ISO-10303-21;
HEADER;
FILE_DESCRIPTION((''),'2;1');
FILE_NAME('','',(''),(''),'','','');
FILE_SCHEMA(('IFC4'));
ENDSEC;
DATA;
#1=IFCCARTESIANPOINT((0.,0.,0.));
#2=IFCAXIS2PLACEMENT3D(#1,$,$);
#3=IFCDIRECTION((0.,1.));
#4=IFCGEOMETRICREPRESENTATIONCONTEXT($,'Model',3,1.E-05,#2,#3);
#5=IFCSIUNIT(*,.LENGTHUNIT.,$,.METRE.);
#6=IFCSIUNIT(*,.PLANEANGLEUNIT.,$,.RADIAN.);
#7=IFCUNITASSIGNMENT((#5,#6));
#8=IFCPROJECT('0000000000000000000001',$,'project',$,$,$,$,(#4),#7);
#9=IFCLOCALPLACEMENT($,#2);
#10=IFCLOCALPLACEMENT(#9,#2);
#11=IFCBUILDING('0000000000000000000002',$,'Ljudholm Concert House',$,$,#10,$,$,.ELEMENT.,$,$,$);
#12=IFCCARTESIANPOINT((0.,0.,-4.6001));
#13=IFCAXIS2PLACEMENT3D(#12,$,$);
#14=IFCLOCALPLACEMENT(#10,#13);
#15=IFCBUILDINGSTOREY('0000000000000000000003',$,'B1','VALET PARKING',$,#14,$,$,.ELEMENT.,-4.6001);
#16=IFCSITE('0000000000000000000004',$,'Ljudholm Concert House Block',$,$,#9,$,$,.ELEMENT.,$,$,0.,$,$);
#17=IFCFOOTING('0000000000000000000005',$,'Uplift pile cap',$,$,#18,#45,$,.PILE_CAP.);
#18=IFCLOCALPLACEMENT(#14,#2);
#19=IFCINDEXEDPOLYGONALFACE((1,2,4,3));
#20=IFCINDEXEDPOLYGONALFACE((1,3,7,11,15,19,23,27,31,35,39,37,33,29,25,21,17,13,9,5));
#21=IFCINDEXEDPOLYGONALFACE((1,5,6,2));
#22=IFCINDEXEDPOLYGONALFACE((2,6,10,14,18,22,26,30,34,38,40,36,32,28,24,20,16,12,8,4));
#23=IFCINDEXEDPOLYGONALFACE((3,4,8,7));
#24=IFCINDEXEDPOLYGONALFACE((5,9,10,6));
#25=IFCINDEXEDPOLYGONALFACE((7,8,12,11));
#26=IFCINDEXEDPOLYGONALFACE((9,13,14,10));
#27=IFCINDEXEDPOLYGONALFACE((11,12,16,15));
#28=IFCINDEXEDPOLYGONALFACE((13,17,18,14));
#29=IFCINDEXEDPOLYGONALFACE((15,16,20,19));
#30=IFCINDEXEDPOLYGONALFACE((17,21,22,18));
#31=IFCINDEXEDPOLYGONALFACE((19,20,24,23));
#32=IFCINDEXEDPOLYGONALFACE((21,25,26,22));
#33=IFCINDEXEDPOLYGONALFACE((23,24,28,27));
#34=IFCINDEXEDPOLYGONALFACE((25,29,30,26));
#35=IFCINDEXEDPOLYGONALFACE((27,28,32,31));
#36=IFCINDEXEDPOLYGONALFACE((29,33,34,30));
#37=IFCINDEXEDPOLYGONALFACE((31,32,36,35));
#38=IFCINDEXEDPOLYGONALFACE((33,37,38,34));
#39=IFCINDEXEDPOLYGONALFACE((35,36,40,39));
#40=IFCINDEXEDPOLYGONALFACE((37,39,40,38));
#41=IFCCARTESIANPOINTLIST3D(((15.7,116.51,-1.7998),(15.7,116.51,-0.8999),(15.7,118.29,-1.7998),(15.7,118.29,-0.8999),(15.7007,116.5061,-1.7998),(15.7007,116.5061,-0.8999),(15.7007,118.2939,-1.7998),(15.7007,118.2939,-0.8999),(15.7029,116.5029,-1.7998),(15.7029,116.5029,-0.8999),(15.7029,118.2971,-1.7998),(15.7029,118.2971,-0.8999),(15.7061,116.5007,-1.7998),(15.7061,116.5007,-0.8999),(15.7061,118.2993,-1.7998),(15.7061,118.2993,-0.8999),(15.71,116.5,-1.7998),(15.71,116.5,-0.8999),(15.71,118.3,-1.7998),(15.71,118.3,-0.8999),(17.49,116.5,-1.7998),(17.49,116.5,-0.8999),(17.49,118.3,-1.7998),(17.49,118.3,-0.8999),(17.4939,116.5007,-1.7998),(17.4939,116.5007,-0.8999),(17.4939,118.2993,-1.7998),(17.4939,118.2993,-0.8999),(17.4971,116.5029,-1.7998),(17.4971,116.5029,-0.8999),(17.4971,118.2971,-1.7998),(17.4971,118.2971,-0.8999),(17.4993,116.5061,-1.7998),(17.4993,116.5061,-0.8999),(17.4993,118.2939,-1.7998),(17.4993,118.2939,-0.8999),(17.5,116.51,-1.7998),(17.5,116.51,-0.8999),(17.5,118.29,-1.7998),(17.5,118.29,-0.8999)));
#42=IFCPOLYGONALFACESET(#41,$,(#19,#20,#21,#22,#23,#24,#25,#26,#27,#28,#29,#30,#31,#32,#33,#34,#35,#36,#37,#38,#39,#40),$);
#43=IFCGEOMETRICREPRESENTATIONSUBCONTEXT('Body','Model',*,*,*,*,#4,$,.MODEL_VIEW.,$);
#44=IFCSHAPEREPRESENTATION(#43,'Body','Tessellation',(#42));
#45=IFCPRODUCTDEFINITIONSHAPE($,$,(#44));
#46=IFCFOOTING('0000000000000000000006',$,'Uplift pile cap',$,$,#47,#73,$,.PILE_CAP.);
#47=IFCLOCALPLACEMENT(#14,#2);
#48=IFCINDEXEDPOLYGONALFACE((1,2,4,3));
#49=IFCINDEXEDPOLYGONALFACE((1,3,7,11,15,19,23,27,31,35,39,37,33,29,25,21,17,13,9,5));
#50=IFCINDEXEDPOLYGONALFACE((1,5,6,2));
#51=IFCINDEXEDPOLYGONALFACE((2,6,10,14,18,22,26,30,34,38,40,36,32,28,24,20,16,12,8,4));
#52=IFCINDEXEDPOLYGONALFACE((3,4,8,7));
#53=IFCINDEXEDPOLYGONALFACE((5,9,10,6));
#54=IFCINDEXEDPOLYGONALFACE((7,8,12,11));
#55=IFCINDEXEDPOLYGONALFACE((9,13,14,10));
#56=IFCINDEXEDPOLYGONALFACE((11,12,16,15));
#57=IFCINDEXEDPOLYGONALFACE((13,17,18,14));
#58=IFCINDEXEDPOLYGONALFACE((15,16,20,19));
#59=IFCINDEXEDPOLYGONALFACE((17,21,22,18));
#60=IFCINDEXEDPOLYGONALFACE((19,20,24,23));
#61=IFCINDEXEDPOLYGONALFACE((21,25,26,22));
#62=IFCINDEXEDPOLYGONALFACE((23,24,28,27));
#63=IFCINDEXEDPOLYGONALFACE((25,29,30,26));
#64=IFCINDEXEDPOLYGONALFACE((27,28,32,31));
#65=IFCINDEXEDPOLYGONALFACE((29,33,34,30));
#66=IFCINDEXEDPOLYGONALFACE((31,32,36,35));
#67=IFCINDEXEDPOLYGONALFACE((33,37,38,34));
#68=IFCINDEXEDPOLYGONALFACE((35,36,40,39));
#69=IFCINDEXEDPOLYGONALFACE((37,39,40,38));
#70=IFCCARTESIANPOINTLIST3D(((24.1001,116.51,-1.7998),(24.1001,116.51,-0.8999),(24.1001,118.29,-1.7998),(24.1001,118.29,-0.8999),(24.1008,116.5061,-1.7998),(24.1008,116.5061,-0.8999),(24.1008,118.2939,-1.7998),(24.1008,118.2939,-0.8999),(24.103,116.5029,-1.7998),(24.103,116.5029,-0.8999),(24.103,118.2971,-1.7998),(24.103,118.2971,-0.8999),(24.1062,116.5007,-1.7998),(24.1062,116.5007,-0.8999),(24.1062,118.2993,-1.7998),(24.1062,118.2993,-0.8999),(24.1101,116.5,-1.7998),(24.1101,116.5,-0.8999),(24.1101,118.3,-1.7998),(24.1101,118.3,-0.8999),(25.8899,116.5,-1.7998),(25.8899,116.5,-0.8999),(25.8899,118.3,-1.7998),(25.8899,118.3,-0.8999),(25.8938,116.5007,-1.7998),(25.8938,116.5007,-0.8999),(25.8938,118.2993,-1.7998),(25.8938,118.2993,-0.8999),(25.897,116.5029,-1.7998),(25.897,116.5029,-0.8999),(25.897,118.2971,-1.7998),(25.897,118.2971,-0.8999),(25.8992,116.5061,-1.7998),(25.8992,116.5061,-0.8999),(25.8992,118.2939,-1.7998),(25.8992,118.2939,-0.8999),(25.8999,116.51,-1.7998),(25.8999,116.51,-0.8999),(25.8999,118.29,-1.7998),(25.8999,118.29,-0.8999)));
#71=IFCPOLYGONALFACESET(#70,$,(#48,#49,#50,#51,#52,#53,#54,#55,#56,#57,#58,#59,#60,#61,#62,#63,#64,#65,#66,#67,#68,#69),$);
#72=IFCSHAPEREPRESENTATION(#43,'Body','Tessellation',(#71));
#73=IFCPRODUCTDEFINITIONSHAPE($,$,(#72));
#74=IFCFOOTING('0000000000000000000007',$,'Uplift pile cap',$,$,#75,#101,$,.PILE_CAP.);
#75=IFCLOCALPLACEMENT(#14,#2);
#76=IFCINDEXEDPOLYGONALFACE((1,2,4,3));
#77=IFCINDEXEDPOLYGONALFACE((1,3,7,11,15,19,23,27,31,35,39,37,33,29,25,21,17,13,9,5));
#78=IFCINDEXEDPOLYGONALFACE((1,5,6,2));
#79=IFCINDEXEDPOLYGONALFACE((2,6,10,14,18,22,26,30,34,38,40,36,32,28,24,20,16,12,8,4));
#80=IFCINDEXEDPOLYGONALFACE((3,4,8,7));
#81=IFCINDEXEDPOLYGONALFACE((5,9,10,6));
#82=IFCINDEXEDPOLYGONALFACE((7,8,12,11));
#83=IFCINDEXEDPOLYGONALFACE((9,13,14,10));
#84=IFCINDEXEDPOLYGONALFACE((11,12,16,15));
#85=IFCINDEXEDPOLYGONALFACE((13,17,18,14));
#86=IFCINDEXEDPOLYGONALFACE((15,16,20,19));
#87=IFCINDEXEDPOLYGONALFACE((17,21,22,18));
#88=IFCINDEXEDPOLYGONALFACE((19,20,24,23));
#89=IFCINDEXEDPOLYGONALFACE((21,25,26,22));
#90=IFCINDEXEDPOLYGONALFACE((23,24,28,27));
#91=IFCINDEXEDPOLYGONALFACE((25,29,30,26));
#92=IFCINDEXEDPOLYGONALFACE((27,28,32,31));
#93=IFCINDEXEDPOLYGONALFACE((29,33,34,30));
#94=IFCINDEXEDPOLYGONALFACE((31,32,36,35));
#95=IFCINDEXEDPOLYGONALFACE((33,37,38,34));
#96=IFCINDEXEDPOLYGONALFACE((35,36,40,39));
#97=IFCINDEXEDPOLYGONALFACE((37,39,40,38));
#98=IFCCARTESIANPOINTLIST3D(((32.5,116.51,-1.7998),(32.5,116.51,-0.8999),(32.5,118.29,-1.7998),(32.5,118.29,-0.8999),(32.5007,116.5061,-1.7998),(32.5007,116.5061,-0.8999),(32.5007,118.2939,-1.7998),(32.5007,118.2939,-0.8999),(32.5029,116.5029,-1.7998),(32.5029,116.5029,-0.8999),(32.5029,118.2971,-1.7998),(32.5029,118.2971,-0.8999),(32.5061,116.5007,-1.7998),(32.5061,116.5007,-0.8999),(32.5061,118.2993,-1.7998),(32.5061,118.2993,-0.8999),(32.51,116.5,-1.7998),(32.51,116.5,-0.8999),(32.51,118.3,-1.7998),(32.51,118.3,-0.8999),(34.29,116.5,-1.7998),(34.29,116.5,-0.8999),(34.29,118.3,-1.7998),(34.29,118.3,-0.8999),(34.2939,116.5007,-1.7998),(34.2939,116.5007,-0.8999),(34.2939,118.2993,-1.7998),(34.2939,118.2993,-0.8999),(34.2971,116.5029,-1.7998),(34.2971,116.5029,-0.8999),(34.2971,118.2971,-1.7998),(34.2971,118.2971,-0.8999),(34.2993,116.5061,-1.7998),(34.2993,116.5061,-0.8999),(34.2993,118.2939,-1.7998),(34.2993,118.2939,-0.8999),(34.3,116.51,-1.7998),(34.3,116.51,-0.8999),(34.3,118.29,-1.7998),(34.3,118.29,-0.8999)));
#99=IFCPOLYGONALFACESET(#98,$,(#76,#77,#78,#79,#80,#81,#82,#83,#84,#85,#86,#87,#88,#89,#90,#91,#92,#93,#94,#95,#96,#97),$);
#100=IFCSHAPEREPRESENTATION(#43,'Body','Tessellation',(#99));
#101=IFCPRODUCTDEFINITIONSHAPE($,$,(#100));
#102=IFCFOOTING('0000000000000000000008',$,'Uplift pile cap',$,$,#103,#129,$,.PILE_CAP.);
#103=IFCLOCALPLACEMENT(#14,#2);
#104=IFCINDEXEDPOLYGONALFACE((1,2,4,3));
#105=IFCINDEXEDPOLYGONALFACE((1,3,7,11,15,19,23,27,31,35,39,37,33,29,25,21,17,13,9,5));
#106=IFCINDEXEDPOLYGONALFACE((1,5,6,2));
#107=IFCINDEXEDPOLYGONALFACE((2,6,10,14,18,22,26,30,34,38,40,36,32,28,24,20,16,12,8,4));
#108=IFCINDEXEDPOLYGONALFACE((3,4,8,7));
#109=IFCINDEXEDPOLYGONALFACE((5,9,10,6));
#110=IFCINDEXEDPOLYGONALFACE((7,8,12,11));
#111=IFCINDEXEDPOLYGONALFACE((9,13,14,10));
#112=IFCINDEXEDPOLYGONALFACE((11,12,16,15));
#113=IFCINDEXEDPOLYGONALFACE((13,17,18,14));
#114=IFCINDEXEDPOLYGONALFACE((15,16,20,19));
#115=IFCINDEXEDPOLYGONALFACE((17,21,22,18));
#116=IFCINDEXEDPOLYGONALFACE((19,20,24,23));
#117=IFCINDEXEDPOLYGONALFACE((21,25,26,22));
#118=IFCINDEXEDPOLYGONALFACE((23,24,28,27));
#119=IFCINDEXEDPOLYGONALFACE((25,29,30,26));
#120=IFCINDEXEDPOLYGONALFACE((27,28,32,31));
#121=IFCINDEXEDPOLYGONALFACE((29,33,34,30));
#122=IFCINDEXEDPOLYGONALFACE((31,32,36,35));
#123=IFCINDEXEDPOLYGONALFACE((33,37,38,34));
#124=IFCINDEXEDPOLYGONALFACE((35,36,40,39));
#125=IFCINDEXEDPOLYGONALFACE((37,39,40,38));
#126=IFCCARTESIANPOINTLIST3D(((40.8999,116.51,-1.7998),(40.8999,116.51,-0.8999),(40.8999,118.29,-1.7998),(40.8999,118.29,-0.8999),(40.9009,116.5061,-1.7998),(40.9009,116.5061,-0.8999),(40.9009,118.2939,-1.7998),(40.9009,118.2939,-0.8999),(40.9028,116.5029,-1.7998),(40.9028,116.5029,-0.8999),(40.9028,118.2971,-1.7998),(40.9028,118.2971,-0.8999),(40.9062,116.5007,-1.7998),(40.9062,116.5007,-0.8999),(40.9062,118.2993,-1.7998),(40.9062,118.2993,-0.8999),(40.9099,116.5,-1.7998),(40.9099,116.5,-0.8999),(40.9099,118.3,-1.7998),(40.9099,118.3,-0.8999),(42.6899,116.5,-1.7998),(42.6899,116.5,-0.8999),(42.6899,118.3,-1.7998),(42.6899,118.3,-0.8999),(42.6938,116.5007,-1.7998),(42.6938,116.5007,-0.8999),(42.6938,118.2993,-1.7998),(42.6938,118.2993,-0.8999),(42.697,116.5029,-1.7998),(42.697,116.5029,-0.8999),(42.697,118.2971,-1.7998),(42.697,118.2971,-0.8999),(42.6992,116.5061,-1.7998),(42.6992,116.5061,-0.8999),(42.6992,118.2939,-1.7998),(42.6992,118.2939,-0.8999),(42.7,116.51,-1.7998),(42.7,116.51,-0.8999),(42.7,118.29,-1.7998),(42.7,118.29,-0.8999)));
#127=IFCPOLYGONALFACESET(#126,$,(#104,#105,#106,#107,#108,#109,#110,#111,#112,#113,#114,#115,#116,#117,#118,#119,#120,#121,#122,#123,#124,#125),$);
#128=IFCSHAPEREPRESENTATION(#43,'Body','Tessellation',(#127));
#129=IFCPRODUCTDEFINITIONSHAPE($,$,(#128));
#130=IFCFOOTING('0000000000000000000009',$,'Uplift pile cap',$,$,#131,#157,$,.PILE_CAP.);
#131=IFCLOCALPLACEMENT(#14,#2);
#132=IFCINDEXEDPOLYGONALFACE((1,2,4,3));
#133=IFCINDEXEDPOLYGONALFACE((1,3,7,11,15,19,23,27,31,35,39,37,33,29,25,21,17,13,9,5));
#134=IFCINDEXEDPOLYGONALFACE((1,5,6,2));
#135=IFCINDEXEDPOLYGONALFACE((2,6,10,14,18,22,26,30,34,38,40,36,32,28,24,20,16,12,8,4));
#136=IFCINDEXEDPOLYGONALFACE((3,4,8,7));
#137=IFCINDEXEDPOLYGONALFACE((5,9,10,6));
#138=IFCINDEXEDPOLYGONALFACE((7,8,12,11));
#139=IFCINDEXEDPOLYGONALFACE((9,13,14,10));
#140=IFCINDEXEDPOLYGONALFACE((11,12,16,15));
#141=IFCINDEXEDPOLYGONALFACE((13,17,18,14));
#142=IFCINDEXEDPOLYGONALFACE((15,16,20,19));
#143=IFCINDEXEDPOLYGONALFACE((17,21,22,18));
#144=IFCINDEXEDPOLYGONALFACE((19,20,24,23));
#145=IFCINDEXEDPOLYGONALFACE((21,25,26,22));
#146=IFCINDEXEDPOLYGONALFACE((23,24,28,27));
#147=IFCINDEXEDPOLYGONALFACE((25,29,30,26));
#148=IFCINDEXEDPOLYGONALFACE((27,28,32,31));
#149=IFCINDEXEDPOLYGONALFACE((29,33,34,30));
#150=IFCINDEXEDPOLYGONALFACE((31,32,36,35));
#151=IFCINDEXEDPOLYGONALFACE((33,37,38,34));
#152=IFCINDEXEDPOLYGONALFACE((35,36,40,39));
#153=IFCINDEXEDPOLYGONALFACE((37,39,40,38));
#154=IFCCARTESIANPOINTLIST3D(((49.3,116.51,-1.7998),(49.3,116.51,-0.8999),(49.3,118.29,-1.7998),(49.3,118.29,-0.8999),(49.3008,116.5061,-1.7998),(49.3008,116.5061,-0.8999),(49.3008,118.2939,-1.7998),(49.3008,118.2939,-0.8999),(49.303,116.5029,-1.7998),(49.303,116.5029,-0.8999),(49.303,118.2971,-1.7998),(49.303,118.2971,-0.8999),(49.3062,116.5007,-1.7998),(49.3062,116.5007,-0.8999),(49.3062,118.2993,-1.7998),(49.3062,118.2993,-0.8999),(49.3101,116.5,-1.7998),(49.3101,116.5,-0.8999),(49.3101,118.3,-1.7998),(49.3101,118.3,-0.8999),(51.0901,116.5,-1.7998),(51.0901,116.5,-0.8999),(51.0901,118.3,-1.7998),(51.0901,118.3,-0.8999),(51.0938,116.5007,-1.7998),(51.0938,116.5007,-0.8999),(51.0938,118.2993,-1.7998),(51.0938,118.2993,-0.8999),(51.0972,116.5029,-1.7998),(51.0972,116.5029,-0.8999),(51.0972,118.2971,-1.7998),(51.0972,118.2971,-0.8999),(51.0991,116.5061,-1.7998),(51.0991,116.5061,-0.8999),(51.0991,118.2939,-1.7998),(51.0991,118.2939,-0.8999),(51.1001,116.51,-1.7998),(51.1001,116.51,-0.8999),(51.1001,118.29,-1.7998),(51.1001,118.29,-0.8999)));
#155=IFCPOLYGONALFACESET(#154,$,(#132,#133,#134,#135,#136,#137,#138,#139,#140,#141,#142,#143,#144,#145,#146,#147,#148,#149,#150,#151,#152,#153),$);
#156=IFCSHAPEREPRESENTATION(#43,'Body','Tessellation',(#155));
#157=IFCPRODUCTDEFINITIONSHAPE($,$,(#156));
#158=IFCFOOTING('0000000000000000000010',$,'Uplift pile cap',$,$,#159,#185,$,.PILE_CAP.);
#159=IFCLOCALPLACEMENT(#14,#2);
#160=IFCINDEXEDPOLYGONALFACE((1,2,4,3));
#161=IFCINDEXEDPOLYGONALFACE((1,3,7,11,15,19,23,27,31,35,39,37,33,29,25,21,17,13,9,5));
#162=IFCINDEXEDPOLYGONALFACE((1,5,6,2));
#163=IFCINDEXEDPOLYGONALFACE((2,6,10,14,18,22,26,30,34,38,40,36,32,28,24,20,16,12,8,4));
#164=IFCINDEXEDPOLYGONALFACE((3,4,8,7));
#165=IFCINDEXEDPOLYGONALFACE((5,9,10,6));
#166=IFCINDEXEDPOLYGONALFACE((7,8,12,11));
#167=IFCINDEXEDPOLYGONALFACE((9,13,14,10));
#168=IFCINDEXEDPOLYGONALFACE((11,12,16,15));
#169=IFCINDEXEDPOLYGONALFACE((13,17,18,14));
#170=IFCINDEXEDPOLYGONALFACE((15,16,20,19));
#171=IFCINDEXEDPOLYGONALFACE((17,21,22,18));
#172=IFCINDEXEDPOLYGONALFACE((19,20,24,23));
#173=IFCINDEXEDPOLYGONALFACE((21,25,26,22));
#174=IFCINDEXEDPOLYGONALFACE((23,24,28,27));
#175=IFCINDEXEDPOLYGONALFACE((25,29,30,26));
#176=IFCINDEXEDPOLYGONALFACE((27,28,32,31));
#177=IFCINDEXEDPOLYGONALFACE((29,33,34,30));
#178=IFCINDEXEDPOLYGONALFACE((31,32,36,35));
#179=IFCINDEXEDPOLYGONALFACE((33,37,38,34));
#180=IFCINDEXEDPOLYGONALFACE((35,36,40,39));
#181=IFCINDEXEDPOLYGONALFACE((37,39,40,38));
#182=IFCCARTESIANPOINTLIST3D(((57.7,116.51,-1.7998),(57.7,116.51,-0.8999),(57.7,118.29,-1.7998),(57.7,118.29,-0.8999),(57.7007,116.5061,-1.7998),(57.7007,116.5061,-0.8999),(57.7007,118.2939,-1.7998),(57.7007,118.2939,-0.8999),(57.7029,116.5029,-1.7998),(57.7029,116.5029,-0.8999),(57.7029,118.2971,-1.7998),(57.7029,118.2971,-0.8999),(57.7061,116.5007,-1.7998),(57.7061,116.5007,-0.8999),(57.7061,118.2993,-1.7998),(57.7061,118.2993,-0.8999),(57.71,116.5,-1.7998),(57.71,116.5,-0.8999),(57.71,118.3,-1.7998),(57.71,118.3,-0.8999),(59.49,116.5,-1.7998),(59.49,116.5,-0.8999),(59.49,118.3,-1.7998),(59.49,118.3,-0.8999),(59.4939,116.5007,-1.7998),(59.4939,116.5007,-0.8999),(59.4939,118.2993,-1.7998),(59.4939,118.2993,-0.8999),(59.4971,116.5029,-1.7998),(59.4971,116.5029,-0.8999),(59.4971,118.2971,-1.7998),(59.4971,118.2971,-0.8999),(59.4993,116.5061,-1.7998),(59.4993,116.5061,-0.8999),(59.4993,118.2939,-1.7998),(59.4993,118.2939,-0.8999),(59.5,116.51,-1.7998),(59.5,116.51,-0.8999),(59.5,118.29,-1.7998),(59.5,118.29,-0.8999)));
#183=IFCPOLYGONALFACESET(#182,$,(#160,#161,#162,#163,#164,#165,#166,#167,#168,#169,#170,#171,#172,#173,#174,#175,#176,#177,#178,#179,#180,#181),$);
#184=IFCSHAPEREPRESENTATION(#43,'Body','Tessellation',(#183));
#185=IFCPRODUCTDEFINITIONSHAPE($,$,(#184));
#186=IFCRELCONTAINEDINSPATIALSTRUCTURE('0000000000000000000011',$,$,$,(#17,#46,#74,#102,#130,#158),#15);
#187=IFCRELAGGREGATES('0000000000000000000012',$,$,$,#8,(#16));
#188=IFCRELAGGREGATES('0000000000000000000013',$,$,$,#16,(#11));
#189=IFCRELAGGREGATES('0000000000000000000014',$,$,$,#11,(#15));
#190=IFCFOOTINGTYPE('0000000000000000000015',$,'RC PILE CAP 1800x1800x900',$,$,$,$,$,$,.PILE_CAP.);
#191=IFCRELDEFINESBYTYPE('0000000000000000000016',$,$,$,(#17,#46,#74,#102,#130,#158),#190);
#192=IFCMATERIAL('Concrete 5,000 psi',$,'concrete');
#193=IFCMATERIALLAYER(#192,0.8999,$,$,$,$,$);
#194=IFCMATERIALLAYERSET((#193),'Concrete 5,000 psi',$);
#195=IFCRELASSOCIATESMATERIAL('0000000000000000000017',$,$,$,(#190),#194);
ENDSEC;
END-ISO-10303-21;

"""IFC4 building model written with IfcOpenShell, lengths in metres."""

from ifc_helpers import new_model, si_unit, direction, frame, origin, place, context, subcontext, project, spatial, polyline, outline, extrude, material, layer, layer_set, type_object, element, save


model = new_model("IFC4")

# Units and contexts
model_context = context("Model", 3, precision=1e-05, world=origin(), true_north=direction((0.0, 1.0)))
body_context = subcontext(model_context, "Body", "Model", "MODEL_VIEW")
ifc_project = project(units=[si_unit("LENGTHUNIT", "METRE"), si_unit("PLANEANGLEUNIT", "RADIAN")], contexts=[model_context])

# Site, building, storey
site_placement = place(None, origin())
site = spatial("IfcSite", under=ifc_project, at=site_placement, Name="Ljudholm Concert House Block", CompositionType="ELEMENT", RefElevation=0.0)
building_placement = place(site_placement, origin())
building = spatial("IfcBuilding", under=site, at=building_placement, Name="Ljudholm Concert House", CompositionType="ELEMENT")
storey_placement = place(building_placement, frame((0.0, 0.0, -4.6001)))
storey = spatial("IfcBuildingStorey", under=building, at=storey_placement, Name="B1", Description="VALET PARKING", CompositionType="ELEMENT", Elevation=-4.6001)

# Footings
ifc_material = material(Name="Concrete 5,000 psi", Category="concrete")
ifc_layer = layer(ifc_material, 0.8999)
ifc_layer_set = layer_set([ifc_layer], Name="Concrete 5,000 psi")
footing_type = type_object("IfcFootingType", Name="RC PILE CAP 1800x1800x900", PredefinedType="PILE_CAP", material=ifc_layer_set)
footing_1_placement = place(storey_placement, frame((0.0, 0.0, -1.7998)))
element("IfcFooting", 1, at=footing_1_placement, inside=storey, type_object=footing_type, Name="Uplift pile cap", PredefinedType="PILE_CAP", context=body_context, shape_type="SweptSolid", body=[
    extrude(outline(polyline([(15.71, 116.5), (17.49, 116.5), (17.4939, 116.5007), (17.4971, 116.5029), (17.4993, 116.5061), (17.5, 116.51), (17.5, 118.29), (17.4993, 118.2939), (17.4971, 118.2971), (17.4939, 118.2993), (17.49, 118.3), (15.71, 118.3), (15.7061, 118.2993), (15.7029, 118.2971), (15.7007, 118.2939), (15.7, 118.29), (15.7, 116.51), (15.7007, 116.5061), (15.7029, 116.5029), (15.7061, 116.5007), (15.71, 116.5)])), origin(), (0.0, 0.0, 1.0), 0.8999),
])
footing_2_placement = place(storey_placement, frame((0.0, 0.0, -1.7998)))
element("IfcFooting", 2, at=footing_2_placement, inside=storey, type_object=footing_type, Name="Uplift pile cap", PredefinedType="PILE_CAP", context=body_context, shape_type="SweptSolid", body=[
    extrude(outline(polyline([(24.1101, 116.5), (25.8899, 116.5), (25.8938, 116.5007), (25.897, 116.5029), (25.8992, 116.5061), (25.8999, 116.51), (25.8999, 118.29), (25.8992, 118.2939), (25.897, 118.2971), (25.8938, 118.2993), (25.8899, 118.3), (24.1101, 118.3), (24.1062, 118.2993), (24.103, 118.2971), (24.1008, 118.2939), (24.1001, 118.29), (24.1001, 116.51), (24.1008, 116.5061), (24.103, 116.5029), (24.1062, 116.5007), (24.1101, 116.5)])), origin(), (0.0, 0.0, 1.0), 0.8999),
])
footing_3_placement = place(storey_placement, frame((0.0, 0.0, -1.7998)))
element("IfcFooting", 3, at=footing_3_placement, inside=storey, type_object=footing_type, Name="Uplift pile cap", PredefinedType="PILE_CAP", context=body_context, shape_type="SweptSolid", body=[
    extrude(outline(polyline([(32.51, 116.5), (34.29, 116.5), (34.2939, 116.5007), (34.2971, 116.5029), (34.2993, 116.5061), (34.3, 116.51), (34.3, 118.29), (34.2993, 118.2939), (34.2971, 118.2971), (34.2939, 118.2993), (34.29, 118.3), (32.51, 118.3), (32.5061, 118.2993), (32.5029, 118.2971), (32.5007, 118.2939), (32.5, 118.29), (32.5, 116.51), (32.5007, 116.5061), (32.5029, 116.5029), (32.5061, 116.5007), (32.51, 116.5)])), origin(), (0.0, 0.0, 1.0), 0.8999),
])
footing_4_placement = place(storey_placement, frame((0.0, 0.0, -1.7998)))
element("IfcFooting", 4, at=footing_4_placement, inside=storey, type_object=footing_type, Name="Uplift pile cap", PredefinedType="PILE_CAP", context=body_context, shape_type="SweptSolid", body=[
    extrude(outline(polyline([(40.9099, 116.5), (42.6899, 116.5), (42.6938, 116.5007), (42.697, 116.5029), (42.6992, 116.5061), (42.7, 116.51), (42.7, 118.29), (42.6992, 118.2939), (42.697, 118.2971), (42.6938, 118.2993), (42.6899, 118.3), (40.9099, 118.3), (40.9062, 118.2993), (40.9028, 118.2971), (40.9009, 118.2939), (40.8999, 118.29), (40.8999, 116.51), (40.9009, 116.5061), (40.9028, 116.5029), (40.9062, 116.5007), (40.9099, 116.5)])), origin(), (0.0, 0.0, 1.0), 0.8999),
])
footing_5_placement = place(storey_placement, frame((0.0, 0.0, -1.7998)))
element("IfcFooting", 5, at=footing_5_placement, inside=storey, type_object=footing_type, Name="Uplift pile cap", PredefinedType="PILE_CAP", context=body_context, shape_type="SweptSolid", body=[
    extrude(outline(polyline([(49.3101, 116.5), (51.0901, 116.5), (51.0938, 116.5007), (51.0972, 116.5029), (51.0991, 116.5061), (51.1001, 116.51), (51.1001, 118.29), (51.0991, 118.2939), (51.0972, 118.2971), (51.0938, 118.2993), (51.0901, 118.3), (49.3101, 118.3), (49.3062, 118.2993), (49.303, 118.2971), (49.3008, 118.2939), (49.3, 118.29), (49.3, 116.51), (49.3008, 116.5061), (49.303, 116.5029), (49.3062, 116.5007), (49.3101, 116.5)])), origin(), (0.0, 0.0, 1.0), 0.8999),
])
footing_6_placement = place(storey_placement, frame((0.0, 0.0, -1.7998)))
element("IfcFooting", 6, at=footing_6_placement, inside=storey, type_object=footing_type, Name="Uplift pile cap", PredefinedType="PILE_CAP", context=body_context, shape_type="SweptSolid", body=[
    extrude(outline(polyline([(57.71, 116.5), (59.49, 116.5), (59.4939, 116.5007), (59.4971, 116.5029), (59.4993, 116.5061), (59.5, 116.51), (59.5, 118.29), (59.4993, 118.2939), (59.4971, 118.2971), (59.4939, 118.2993), (59.49, 118.3), (57.71, 118.3), (57.7061, 118.2993), (57.7029, 118.2971), (57.7007, 118.2939), (57.7, 118.29), (57.7, 116.51), (57.7007, 116.5061), (57.7029, 116.5029), (57.7061, 116.5007), (57.71, 116.5)])), origin(), (0.0, 0.0, 1.0), 0.8999),
])

save(model, "model.ifc")
